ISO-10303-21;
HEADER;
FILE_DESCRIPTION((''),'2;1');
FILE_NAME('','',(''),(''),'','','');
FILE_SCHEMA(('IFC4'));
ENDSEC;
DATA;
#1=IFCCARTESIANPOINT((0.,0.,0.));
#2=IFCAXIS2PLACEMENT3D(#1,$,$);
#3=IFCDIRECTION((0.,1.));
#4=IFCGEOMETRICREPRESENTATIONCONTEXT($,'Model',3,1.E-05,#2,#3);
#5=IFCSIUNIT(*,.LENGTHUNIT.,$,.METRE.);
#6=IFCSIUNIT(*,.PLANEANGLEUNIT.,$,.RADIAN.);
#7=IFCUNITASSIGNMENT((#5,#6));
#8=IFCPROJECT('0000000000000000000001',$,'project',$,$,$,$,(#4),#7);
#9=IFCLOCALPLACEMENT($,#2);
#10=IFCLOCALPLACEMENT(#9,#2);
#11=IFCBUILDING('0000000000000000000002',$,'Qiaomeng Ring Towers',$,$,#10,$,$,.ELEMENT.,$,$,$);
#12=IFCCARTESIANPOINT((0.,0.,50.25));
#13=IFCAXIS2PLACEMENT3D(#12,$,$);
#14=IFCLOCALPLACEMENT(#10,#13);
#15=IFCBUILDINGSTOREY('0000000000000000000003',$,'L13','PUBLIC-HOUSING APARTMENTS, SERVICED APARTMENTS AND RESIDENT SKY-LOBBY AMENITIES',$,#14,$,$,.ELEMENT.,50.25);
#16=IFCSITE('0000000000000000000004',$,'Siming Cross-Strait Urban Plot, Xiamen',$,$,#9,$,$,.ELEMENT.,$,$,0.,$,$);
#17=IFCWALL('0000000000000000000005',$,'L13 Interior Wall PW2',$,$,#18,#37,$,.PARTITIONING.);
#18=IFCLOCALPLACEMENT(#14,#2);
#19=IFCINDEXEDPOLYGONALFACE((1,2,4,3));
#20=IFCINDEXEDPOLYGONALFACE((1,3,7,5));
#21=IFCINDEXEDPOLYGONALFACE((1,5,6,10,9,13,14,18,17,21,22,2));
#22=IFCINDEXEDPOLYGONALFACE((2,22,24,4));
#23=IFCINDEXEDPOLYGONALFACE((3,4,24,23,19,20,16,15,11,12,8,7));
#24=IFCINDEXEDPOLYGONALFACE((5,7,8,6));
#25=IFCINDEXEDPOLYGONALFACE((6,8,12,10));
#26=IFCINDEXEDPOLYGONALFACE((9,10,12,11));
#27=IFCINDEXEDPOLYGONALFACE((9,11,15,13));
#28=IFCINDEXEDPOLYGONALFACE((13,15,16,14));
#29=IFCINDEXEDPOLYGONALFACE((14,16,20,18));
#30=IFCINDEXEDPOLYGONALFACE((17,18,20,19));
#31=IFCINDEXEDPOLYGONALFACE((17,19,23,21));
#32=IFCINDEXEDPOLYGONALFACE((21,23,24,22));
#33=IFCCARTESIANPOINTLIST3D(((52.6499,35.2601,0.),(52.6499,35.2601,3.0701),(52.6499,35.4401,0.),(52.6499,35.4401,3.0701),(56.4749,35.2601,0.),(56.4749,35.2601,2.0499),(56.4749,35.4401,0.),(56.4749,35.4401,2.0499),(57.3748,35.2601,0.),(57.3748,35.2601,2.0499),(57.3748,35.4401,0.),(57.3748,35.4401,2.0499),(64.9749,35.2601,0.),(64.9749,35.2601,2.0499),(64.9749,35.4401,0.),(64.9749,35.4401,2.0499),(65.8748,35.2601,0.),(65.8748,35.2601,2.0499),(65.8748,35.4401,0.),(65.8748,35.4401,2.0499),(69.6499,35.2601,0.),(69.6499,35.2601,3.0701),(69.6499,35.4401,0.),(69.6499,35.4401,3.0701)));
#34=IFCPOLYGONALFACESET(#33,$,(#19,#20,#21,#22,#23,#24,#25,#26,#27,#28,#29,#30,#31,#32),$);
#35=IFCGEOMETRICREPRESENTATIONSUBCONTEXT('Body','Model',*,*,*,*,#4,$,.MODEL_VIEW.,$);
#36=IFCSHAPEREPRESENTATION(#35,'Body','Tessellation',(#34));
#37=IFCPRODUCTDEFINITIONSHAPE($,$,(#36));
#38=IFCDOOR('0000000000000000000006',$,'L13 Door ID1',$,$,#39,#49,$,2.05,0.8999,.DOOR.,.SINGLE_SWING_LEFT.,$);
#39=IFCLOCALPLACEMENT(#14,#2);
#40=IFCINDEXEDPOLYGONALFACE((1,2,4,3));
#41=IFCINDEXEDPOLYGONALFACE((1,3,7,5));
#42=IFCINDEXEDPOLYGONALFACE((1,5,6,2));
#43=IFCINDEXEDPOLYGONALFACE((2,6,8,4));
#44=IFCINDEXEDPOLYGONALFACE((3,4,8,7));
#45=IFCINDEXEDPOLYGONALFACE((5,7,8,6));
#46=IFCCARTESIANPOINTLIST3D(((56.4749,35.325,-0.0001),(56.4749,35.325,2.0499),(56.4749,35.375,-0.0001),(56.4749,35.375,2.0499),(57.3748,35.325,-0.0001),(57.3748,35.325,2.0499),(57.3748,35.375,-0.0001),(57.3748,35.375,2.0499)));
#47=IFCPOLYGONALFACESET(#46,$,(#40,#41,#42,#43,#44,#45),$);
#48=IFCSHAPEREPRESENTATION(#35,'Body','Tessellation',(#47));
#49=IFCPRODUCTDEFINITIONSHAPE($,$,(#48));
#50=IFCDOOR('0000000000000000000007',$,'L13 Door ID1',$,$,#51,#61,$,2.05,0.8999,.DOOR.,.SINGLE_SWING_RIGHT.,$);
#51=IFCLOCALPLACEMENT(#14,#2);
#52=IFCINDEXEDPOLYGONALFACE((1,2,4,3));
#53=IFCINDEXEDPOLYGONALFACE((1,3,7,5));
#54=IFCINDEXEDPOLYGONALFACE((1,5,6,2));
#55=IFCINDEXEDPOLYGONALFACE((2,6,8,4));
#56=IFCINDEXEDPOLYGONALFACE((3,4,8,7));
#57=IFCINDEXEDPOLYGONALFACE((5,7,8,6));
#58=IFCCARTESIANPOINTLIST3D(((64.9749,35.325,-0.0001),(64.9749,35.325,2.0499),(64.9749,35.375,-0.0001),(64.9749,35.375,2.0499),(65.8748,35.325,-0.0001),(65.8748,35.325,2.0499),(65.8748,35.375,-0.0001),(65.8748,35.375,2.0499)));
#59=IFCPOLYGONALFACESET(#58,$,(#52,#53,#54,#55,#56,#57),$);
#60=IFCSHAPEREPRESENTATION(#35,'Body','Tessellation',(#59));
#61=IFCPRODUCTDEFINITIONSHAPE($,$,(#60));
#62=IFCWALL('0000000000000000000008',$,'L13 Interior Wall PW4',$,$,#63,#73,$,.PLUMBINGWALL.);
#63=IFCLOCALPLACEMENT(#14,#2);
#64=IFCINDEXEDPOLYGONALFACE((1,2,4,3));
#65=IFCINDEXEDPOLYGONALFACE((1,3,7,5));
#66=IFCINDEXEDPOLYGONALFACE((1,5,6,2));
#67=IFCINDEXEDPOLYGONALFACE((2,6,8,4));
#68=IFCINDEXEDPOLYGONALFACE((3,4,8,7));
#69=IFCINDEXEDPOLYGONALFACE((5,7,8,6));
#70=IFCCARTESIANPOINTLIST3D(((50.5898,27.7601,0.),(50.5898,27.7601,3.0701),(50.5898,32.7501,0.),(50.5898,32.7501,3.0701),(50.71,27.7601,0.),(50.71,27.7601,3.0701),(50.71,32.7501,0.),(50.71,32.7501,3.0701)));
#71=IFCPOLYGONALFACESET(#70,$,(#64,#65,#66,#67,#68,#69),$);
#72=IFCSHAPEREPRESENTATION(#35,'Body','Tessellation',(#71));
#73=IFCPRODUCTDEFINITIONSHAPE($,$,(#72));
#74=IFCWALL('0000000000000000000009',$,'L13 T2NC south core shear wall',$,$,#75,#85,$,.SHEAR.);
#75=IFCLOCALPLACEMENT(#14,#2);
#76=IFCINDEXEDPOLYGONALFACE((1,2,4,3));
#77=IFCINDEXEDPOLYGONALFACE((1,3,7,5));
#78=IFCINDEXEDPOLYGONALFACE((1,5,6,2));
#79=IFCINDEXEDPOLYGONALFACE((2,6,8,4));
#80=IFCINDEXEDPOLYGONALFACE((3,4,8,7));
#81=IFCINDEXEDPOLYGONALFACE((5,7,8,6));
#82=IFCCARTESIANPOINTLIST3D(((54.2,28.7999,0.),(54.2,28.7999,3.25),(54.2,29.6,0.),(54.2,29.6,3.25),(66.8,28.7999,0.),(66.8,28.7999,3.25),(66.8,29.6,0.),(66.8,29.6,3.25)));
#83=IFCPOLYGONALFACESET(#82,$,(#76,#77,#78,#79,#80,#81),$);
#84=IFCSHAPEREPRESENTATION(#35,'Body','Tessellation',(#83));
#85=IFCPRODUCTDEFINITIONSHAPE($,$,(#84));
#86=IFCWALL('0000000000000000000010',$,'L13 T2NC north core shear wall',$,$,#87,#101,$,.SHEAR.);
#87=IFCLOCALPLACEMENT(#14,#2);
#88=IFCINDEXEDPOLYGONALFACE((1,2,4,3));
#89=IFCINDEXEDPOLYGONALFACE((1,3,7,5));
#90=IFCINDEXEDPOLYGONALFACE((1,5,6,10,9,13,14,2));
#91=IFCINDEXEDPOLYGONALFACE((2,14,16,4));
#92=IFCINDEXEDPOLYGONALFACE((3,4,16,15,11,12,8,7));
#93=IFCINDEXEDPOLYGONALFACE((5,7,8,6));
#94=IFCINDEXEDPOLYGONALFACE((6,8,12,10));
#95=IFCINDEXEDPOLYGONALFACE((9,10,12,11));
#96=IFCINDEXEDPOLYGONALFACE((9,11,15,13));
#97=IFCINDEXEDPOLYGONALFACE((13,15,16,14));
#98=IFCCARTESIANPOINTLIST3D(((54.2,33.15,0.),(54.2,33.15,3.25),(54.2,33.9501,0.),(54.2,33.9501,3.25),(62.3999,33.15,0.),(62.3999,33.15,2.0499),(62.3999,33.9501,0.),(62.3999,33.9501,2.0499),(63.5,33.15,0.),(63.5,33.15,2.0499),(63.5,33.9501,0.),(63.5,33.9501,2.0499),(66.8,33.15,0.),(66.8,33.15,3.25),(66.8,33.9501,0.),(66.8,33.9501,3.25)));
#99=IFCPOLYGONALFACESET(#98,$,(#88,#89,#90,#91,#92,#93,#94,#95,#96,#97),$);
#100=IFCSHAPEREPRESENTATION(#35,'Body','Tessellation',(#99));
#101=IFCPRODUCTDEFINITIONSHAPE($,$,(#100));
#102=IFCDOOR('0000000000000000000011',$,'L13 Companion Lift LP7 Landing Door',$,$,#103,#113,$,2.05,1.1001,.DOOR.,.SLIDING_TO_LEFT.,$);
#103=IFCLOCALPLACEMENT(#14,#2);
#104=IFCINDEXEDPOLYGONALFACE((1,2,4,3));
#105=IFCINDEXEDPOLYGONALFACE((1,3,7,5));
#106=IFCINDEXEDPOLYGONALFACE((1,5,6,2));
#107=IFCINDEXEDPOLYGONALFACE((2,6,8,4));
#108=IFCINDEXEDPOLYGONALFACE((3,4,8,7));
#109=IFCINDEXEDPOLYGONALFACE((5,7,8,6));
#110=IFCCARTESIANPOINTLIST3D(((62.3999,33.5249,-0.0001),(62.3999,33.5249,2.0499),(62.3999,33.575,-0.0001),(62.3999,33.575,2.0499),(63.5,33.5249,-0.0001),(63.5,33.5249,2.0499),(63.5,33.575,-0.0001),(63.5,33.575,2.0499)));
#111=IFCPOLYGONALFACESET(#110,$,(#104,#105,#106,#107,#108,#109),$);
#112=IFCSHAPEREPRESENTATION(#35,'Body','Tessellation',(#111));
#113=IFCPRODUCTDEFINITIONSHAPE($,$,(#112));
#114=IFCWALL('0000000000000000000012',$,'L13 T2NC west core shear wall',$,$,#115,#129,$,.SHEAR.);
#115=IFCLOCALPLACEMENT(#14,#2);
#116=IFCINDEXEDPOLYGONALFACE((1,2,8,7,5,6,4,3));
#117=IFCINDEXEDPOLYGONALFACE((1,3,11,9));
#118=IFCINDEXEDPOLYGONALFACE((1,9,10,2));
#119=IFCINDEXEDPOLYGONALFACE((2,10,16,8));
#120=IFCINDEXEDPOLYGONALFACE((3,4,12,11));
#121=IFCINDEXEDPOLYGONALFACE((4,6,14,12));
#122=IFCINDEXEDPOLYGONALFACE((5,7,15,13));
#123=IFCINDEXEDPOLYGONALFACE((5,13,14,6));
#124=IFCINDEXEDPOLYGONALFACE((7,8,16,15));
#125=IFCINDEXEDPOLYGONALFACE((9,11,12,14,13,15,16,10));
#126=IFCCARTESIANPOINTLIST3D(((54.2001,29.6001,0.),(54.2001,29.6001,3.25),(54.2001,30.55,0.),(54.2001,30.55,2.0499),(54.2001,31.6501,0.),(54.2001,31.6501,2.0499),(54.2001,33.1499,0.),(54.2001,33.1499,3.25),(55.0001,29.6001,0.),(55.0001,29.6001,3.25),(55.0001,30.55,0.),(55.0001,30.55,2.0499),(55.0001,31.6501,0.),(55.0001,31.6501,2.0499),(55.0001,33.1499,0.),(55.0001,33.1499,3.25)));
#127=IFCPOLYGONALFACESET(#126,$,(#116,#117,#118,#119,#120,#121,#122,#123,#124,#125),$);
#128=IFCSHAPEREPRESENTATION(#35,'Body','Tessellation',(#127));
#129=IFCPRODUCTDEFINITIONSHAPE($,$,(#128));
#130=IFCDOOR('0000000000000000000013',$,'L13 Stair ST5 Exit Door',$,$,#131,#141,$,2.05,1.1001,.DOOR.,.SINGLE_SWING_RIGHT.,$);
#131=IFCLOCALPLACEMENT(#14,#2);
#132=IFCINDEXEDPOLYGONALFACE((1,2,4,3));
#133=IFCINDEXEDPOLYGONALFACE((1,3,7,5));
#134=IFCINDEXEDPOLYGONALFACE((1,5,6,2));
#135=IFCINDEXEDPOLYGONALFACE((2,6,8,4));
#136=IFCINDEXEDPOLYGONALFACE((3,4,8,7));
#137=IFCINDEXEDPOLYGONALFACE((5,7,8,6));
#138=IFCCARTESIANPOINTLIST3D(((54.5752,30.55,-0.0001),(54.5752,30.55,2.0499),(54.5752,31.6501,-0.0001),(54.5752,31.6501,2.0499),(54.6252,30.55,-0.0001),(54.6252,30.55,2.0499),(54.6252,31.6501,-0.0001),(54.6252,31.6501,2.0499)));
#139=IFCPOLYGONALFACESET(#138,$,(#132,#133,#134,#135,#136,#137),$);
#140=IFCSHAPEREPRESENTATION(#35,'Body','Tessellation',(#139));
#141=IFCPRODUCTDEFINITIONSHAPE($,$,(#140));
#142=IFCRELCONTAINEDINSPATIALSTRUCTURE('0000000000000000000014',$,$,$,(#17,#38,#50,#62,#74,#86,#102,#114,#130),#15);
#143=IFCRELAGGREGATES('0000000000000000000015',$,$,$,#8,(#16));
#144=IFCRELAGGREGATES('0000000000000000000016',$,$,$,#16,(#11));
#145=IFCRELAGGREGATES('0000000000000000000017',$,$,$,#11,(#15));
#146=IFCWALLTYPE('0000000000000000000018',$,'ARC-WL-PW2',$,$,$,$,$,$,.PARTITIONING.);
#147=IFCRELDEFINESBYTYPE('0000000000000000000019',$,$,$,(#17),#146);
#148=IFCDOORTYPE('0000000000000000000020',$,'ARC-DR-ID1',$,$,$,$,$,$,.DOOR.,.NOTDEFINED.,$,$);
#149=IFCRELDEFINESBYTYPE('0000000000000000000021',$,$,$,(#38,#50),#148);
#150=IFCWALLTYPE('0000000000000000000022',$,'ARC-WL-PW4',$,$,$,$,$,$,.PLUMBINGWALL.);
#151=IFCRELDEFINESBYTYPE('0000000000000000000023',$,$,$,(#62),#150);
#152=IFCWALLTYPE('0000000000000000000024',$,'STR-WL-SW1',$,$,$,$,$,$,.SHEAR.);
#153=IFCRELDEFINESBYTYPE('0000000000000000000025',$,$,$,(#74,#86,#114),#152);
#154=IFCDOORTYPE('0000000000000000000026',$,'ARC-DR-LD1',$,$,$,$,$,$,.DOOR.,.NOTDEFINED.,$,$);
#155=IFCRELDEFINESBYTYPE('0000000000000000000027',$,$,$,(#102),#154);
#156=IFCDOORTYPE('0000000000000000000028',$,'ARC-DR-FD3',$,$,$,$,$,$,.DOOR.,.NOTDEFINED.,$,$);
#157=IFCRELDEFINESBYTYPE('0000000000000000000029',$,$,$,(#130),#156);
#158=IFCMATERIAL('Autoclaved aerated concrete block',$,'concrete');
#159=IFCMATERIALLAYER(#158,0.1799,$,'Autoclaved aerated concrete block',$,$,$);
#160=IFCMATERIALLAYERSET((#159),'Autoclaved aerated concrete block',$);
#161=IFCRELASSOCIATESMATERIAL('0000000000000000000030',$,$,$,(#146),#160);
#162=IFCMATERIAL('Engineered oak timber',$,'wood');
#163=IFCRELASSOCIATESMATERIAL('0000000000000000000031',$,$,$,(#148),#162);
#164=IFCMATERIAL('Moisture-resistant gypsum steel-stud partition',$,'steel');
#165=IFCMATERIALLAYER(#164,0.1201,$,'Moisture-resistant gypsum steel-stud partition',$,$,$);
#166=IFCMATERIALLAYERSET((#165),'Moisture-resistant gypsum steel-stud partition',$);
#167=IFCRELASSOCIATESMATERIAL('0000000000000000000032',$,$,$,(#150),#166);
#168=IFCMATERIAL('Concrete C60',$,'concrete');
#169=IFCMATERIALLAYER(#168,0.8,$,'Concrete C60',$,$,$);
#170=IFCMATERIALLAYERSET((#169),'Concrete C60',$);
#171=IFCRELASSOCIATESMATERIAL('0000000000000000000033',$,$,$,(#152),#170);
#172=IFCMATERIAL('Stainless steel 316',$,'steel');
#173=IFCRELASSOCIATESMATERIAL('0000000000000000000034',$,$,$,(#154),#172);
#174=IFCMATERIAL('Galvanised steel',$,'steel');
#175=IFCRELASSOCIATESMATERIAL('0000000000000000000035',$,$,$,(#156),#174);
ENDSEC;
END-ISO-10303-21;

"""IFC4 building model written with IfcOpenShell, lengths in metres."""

from ifc_helpers import new_model, si_unit, direction, frame, frame_2d, origin, place, context, subcontext, project, spatial, rectangle, extrude, source, transform, mapped, material, layer, layer_set, type_object, element, fill, save


model = new_model("IFC4")

# Units and contexts
model_context = context("Model", 3, precision=1e-05, world=origin(), true_north=direction((0.0, 1.0)))
body_context = subcontext(model_context, "Body", "Model", "MODEL_VIEW")
ifc_project = project(units=[si_unit("LENGTHUNIT", "METRE"), si_unit("PLANEANGLEUNIT", "RADIAN")], contexts=[model_context])

# Site, building, storey
site_placement = place(None, origin())
site = spatial("IfcSite", under=ifc_project, at=site_placement, Name="Siming Cross-Strait Urban Plot, Xiamen", CompositionType="ELEMENT", RefElevation=0.0)
building_placement = place(site_placement, origin())
building = spatial("IfcBuilding", under=site, at=building_placement, Name="Qiaomeng Ring Towers", CompositionType="ELEMENT")
storey_placement = place(building_placement, frame((0.0, 0.0, 50.25)))
storey = spatial("IfcBuildingStorey", under=building, at=storey_placement, Name="L13", Description="PUBLIC-HOUSING APARTMENTS, SERVICED APARTMENTS AND RESIDENT SKY-LOBBY AMENITIES", CompositionType="ELEMENT", Elevation=50.25)

# Shared definitions
ifc_material_1 = material(Name="Concrete C60", Category="concrete")

# Wall, openings, doors
ifc_material_2 = material(Name="Autoclaved aerated concrete block", Category="concrete")
ifc_layer_1 = layer(ifc_material_2, 0.1799, Name="Autoclaved aerated concrete block")
ifc_layer_set_1 = layer_set([ifc_layer_1], Name="Autoclaved aerated concrete block")
wall_type_1 = type_object("IfcWallType", Name="ARC-WL-PW2", PredefinedType="PARTITIONING", material=ifc_layer_set_1)
wall_1_placement = place(storey_placement, frame((52.6499, 35.3501, 0.0), z_axis=(0.0, 0.0, 1.0), x_axis=(1.0, 0.0, 0.0)))
wall_1 = element("IfcWall", 1, at=wall_1_placement, inside=storey, type_object=wall_type_1, Name="L13 Interior Wall PW2", PredefinedType="PARTITIONING", context=body_context, shape_type="SweptSolid", body=[
    extrude(rectangle(XDim=17.0, YDim=0.1799, at=frame_2d((8.5, 0.0))), origin(), (0.0, 0.0, 1.0), 3.0701),
])
opening_1_placement = place(wall_1_placement, frame((3.825, 0.0, 0.0)))
opening_1 = element("IfcOpeningElement", 2, at=opening_1_placement, cuts=wall_1, PredefinedType="OPENING", context=body_context, shape_type="SweptSolid", body=[
    extrude(rectangle(XDim=0.8999, YDim=2.05, at=frame_2d((0.45, 1.0249))), frame((0.0, 0.0999, 0.0), z_axis=(0.0, -1.0, 0.0), x_axis=(1.0, 0.0, 0.0)), (0.0, 0.0, 1.0), 0.2),
])
opening_2_placement = place(wall_1_placement, frame((12.325, 0.0, 0.0)))
opening_2 = element("IfcOpeningElement", 3, at=opening_2_placement, cuts=wall_1, PredefinedType="OPENING", context=body_context, shape_type="SweptSolid", body=[
    extrude(rectangle(XDim=0.8999, YDim=2.05, at=frame_2d((0.45, 1.0249))), frame((0.0, 0.0999, 0.0), z_axis=(0.0, -1.0, 0.0), x_axis=(1.0, 0.0, 0.0)), (0.0, 0.0, 1.0), 0.2),
])
ifc_material_3 = material(Name="Engineered oak timber", Category="wood")
door_type_1 = type_object("IfcDoorType", Name="ARC-DR-ID1", OperationType="NOTDEFINED", PredefinedType="DOOR", material=ifc_material_3)
shared_shape_1 = source(origin(), body_context, "Body", "SweptSolid", [
    extrude(rectangle(XDim=0.8999, YDim=2.05, at=frame_2d((0.45, 1.0249))), frame((0.0, 0.0249, 0.0), z_axis=(0.0, -1.0, 0.0), x_axis=(1.0, 0.0, 0.0)), (0.0, 0.0, 1.0), 0.05),
])
door_1_placement = place(opening_1_placement, origin())
door_1 = element("IfcDoor", 4, at=door_1_placement, inside=storey, type_object=door_type_1, Name="L13 Door ID1", OperationType="SINGLE_SWING_LEFT", OverallHeight=2.05, OverallWidth=0.8999, PredefinedType="DOOR", context=body_context, shape_type="MappedRepresentation", body=[
    mapped(shared_shape_1, transform((0.0, 0.0, 0.0), x_axis=(1.0, 0.0, 0.0), y_axis=(0.0, 1.0, 0.0), z_axis=(0.0, 0.0, 1.0), scale=1.0)),
])
fill(opening_1, door_1)
door_2_placement = place(opening_2_placement, origin())
door_2 = element("IfcDoor", 5, at=door_2_placement, inside=storey, type_object=door_type_1, Name="L13 Door ID1", OperationType="SINGLE_SWING_RIGHT", OverallHeight=2.05, OverallWidth=0.8999, PredefinedType="DOOR", context=body_context, shape_type="MappedRepresentation", body=[
    mapped(shared_shape_1, transform((0.0, 0.0, 0.0), x_axis=(1.0, 0.0, 0.0), y_axis=(0.0, 1.0, 0.0), z_axis=(0.0, 0.0, 1.0), scale=1.0)),
])
fill(opening_2, door_2)

# Walls
ifc_material_4 = material(Name="Moisture-resistant gypsum steel-stud partition", Category="steel")
ifc_layer_2 = layer(ifc_material_4, 0.1201, Name="Moisture-resistant gypsum steel-stud partition")
ifc_layer_set_2 = layer_set([ifc_layer_2], Name="Moisture-resistant gypsum steel-stud partition")
wall_type_2 = type_object("IfcWallType", Name="ARC-WL-PW4", PredefinedType="PLUMBINGWALL", material=ifc_layer_set_2)
wall_2_placement = place(storey_placement, frame((50.6499, 27.76, 0.0), z_axis=(0.0, 0.0, 1.0), x_axis=(0.0, 1.0, 0.0)))
element("IfcWall", 6, at=wall_2_placement, inside=storey, type_object=wall_type_2, Name="L13 Interior Wall PW4", PredefinedType="PLUMBINGWALL", context=body_context, shape_type="SweptSolid", body=[
    extrude(rectangle(XDim=4.99, YDim=0.1201, at=frame_2d((2.4951, 0.0))), origin(), (0.0, 0.0, 1.0), 3.0701),
])
ifc_layer_3 = layer(ifc_material_1, 0.8, Name="Concrete C60")
ifc_layer_set_3 = layer_set([ifc_layer_3], Name="Concrete C60")
wall_type_3 = type_object("IfcWallType", Name="STR-WL-SW1", PredefinedType="SHEAR", material=ifc_layer_set_3)
wall_3_placement = place(storey_placement, frame((54.2, 29.2, 0.0), z_axis=(0.0, 0.0, 1.0), x_axis=(1.0, 0.0, 0.0)))
element("IfcWall", 7, at=wall_3_placement, inside=storey, type_object=wall_type_3, Name="L13 T2NC south core shear wall", PredefinedType="SHEAR", context=body_context, shape_type="SweptSolid", body=[
    extrude(rectangle(XDim=12.6001, YDim=0.8, at=frame_2d((6.3, 0.0))), origin(), (0.0, 0.0, 1.0), 3.25),
])

# Walls, openings, doors
wall_4_placement = place(storey_placement, frame((54.2, 33.55, 0.0), z_axis=(0.0, 0.0, 1.0), x_axis=(1.0, 0.0, 0.0)))
wall_4 = element("IfcWall", 8, at=wall_4_placement, inside=storey, type_object=wall_type_3, Name="L13 T2NC north core shear wall", PredefinedType="SHEAR", context=body_context, shape_type="SweptSolid", body=[
    extrude(rectangle(XDim=12.6001, YDim=0.8, at=frame_2d((6.3, 0.0))), origin(), (0.0, 0.0, 1.0), 3.25),
])
opening_3_placement = place(wall_4_placement, frame((8.2, 0.0, 0.0)))
opening_3 = element("IfcOpeningElement", 9, at=opening_3_placement, cuts=wall_4, PredefinedType="OPENING", context=body_context, shape_type="SweptSolid", body=[
    extrude(rectangle(XDim=1.1001, YDim=2.05, at=frame_2d((0.55, 1.0249))), frame((0.0, 0.4099, 0.0), z_axis=(0.0, -1.0, 0.0), x_axis=(1.0, 0.0, 0.0)), (0.0, 0.0, 1.0), 0.8201),
])
ifc_material_5 = material(Name="Stainless steel 316", Category="steel")
door_type_2 = type_object("IfcDoorType", Name="ARC-DR-LD1", OperationType="NOTDEFINED", PredefinedType="DOOR", material=ifc_material_5)
shared_shape_2 = source(origin(), body_context, "Body", "SweptSolid", [
    extrude(rectangle(XDim=1.1001, YDim=2.05, at=frame_2d((0.55, 1.0249))), frame((0.0, 0.0249, 0.0), z_axis=(0.0, -1.0, 0.0), x_axis=(1.0, 0.0, 0.0)), (0.0, 0.0, 1.0), 0.05),
])
door_3_placement = place(opening_3_placement, origin())
door_3 = element("IfcDoor", 10, at=door_3_placement, inside=storey, type_object=door_type_2, Name="L13 Companion Lift LP7 Landing Door", OperationType="SLIDING_TO_LEFT", OverallHeight=2.05, OverallWidth=1.1001, PredefinedType="DOOR", context=body_context, shape_type="MappedRepresentation", body=[
    mapped(shared_shape_2, transform((0.0, 0.0, 0.0), x_axis=(1.0, 0.0, 0.0), y_axis=(0.0, 1.0, 0.0), z_axis=(0.0, 0.0, 1.0), scale=1.0)),
])
fill(opening_3, door_3)
wall_5_placement = place(storey_placement, frame((54.6001, 29.6001, 0.0), z_axis=(0.0, 0.0, 1.0), x_axis=(0.0, 1.0, 0.0)))
wall_5 = element("IfcWall", 11, at=wall_5_placement, inside=storey, type_object=wall_type_3, Name="L13 T2NC west core shear wall", PredefinedType="SHEAR", context=body_context, shape_type="SweptSolid", body=[
    extrude(rectangle(XDim=3.5498, YDim=0.8, at=frame_2d((1.7749, 0.0))), origin(), (0.0, 0.0, 1.0), 3.25),
])
opening_4_placement = place(wall_5_placement, frame((0.95, 0.0, 0.0)))
opening_4 = element("IfcOpeningElement", 12, at=opening_4_placement, cuts=wall_5, PredefinedType="OPENING", context=body_context, shape_type="SweptSolid", body=[
    extrude(rectangle(XDim=1.1001, YDim=2.05, at=frame_2d((0.55, 1.0249))), frame((0.0, 0.4099, 0.0), z_axis=(0.0, -1.0, 0.0), x_axis=(1.0, 0.0, 0.0)), (0.0, 0.0, 1.0), 0.8201),
])
ifc_material_6 = material(Name="Galvanised steel", Category="steel")
door_type_3 = type_object("IfcDoorType", Name="ARC-DR-FD3", OperationType="NOTDEFINED", PredefinedType="DOOR", material=ifc_material_6)
door_4_placement = place(opening_4_placement, origin())
door_4 = element("IfcDoor", 13, at=door_4_placement, inside=storey, type_object=door_type_3, Name="L13 Stair ST5 Exit Door", OperationType="SINGLE_SWING_RIGHT", OverallHeight=2.05, OverallWidth=1.1001, PredefinedType="DOOR", context=body_context, shape_type="MappedRepresentation", body=[
    mapped(shared_shape_2, transform((0.0, 0.0, 0.0), x_axis=(1.0, 0.0, 0.0), y_axis=(0.0, 1.0, 0.0), z_axis=(0.0, 0.0, 1.0), scale=1.0)),
])
fill(opening_4, door_4)

save(model, "model.ifc")
